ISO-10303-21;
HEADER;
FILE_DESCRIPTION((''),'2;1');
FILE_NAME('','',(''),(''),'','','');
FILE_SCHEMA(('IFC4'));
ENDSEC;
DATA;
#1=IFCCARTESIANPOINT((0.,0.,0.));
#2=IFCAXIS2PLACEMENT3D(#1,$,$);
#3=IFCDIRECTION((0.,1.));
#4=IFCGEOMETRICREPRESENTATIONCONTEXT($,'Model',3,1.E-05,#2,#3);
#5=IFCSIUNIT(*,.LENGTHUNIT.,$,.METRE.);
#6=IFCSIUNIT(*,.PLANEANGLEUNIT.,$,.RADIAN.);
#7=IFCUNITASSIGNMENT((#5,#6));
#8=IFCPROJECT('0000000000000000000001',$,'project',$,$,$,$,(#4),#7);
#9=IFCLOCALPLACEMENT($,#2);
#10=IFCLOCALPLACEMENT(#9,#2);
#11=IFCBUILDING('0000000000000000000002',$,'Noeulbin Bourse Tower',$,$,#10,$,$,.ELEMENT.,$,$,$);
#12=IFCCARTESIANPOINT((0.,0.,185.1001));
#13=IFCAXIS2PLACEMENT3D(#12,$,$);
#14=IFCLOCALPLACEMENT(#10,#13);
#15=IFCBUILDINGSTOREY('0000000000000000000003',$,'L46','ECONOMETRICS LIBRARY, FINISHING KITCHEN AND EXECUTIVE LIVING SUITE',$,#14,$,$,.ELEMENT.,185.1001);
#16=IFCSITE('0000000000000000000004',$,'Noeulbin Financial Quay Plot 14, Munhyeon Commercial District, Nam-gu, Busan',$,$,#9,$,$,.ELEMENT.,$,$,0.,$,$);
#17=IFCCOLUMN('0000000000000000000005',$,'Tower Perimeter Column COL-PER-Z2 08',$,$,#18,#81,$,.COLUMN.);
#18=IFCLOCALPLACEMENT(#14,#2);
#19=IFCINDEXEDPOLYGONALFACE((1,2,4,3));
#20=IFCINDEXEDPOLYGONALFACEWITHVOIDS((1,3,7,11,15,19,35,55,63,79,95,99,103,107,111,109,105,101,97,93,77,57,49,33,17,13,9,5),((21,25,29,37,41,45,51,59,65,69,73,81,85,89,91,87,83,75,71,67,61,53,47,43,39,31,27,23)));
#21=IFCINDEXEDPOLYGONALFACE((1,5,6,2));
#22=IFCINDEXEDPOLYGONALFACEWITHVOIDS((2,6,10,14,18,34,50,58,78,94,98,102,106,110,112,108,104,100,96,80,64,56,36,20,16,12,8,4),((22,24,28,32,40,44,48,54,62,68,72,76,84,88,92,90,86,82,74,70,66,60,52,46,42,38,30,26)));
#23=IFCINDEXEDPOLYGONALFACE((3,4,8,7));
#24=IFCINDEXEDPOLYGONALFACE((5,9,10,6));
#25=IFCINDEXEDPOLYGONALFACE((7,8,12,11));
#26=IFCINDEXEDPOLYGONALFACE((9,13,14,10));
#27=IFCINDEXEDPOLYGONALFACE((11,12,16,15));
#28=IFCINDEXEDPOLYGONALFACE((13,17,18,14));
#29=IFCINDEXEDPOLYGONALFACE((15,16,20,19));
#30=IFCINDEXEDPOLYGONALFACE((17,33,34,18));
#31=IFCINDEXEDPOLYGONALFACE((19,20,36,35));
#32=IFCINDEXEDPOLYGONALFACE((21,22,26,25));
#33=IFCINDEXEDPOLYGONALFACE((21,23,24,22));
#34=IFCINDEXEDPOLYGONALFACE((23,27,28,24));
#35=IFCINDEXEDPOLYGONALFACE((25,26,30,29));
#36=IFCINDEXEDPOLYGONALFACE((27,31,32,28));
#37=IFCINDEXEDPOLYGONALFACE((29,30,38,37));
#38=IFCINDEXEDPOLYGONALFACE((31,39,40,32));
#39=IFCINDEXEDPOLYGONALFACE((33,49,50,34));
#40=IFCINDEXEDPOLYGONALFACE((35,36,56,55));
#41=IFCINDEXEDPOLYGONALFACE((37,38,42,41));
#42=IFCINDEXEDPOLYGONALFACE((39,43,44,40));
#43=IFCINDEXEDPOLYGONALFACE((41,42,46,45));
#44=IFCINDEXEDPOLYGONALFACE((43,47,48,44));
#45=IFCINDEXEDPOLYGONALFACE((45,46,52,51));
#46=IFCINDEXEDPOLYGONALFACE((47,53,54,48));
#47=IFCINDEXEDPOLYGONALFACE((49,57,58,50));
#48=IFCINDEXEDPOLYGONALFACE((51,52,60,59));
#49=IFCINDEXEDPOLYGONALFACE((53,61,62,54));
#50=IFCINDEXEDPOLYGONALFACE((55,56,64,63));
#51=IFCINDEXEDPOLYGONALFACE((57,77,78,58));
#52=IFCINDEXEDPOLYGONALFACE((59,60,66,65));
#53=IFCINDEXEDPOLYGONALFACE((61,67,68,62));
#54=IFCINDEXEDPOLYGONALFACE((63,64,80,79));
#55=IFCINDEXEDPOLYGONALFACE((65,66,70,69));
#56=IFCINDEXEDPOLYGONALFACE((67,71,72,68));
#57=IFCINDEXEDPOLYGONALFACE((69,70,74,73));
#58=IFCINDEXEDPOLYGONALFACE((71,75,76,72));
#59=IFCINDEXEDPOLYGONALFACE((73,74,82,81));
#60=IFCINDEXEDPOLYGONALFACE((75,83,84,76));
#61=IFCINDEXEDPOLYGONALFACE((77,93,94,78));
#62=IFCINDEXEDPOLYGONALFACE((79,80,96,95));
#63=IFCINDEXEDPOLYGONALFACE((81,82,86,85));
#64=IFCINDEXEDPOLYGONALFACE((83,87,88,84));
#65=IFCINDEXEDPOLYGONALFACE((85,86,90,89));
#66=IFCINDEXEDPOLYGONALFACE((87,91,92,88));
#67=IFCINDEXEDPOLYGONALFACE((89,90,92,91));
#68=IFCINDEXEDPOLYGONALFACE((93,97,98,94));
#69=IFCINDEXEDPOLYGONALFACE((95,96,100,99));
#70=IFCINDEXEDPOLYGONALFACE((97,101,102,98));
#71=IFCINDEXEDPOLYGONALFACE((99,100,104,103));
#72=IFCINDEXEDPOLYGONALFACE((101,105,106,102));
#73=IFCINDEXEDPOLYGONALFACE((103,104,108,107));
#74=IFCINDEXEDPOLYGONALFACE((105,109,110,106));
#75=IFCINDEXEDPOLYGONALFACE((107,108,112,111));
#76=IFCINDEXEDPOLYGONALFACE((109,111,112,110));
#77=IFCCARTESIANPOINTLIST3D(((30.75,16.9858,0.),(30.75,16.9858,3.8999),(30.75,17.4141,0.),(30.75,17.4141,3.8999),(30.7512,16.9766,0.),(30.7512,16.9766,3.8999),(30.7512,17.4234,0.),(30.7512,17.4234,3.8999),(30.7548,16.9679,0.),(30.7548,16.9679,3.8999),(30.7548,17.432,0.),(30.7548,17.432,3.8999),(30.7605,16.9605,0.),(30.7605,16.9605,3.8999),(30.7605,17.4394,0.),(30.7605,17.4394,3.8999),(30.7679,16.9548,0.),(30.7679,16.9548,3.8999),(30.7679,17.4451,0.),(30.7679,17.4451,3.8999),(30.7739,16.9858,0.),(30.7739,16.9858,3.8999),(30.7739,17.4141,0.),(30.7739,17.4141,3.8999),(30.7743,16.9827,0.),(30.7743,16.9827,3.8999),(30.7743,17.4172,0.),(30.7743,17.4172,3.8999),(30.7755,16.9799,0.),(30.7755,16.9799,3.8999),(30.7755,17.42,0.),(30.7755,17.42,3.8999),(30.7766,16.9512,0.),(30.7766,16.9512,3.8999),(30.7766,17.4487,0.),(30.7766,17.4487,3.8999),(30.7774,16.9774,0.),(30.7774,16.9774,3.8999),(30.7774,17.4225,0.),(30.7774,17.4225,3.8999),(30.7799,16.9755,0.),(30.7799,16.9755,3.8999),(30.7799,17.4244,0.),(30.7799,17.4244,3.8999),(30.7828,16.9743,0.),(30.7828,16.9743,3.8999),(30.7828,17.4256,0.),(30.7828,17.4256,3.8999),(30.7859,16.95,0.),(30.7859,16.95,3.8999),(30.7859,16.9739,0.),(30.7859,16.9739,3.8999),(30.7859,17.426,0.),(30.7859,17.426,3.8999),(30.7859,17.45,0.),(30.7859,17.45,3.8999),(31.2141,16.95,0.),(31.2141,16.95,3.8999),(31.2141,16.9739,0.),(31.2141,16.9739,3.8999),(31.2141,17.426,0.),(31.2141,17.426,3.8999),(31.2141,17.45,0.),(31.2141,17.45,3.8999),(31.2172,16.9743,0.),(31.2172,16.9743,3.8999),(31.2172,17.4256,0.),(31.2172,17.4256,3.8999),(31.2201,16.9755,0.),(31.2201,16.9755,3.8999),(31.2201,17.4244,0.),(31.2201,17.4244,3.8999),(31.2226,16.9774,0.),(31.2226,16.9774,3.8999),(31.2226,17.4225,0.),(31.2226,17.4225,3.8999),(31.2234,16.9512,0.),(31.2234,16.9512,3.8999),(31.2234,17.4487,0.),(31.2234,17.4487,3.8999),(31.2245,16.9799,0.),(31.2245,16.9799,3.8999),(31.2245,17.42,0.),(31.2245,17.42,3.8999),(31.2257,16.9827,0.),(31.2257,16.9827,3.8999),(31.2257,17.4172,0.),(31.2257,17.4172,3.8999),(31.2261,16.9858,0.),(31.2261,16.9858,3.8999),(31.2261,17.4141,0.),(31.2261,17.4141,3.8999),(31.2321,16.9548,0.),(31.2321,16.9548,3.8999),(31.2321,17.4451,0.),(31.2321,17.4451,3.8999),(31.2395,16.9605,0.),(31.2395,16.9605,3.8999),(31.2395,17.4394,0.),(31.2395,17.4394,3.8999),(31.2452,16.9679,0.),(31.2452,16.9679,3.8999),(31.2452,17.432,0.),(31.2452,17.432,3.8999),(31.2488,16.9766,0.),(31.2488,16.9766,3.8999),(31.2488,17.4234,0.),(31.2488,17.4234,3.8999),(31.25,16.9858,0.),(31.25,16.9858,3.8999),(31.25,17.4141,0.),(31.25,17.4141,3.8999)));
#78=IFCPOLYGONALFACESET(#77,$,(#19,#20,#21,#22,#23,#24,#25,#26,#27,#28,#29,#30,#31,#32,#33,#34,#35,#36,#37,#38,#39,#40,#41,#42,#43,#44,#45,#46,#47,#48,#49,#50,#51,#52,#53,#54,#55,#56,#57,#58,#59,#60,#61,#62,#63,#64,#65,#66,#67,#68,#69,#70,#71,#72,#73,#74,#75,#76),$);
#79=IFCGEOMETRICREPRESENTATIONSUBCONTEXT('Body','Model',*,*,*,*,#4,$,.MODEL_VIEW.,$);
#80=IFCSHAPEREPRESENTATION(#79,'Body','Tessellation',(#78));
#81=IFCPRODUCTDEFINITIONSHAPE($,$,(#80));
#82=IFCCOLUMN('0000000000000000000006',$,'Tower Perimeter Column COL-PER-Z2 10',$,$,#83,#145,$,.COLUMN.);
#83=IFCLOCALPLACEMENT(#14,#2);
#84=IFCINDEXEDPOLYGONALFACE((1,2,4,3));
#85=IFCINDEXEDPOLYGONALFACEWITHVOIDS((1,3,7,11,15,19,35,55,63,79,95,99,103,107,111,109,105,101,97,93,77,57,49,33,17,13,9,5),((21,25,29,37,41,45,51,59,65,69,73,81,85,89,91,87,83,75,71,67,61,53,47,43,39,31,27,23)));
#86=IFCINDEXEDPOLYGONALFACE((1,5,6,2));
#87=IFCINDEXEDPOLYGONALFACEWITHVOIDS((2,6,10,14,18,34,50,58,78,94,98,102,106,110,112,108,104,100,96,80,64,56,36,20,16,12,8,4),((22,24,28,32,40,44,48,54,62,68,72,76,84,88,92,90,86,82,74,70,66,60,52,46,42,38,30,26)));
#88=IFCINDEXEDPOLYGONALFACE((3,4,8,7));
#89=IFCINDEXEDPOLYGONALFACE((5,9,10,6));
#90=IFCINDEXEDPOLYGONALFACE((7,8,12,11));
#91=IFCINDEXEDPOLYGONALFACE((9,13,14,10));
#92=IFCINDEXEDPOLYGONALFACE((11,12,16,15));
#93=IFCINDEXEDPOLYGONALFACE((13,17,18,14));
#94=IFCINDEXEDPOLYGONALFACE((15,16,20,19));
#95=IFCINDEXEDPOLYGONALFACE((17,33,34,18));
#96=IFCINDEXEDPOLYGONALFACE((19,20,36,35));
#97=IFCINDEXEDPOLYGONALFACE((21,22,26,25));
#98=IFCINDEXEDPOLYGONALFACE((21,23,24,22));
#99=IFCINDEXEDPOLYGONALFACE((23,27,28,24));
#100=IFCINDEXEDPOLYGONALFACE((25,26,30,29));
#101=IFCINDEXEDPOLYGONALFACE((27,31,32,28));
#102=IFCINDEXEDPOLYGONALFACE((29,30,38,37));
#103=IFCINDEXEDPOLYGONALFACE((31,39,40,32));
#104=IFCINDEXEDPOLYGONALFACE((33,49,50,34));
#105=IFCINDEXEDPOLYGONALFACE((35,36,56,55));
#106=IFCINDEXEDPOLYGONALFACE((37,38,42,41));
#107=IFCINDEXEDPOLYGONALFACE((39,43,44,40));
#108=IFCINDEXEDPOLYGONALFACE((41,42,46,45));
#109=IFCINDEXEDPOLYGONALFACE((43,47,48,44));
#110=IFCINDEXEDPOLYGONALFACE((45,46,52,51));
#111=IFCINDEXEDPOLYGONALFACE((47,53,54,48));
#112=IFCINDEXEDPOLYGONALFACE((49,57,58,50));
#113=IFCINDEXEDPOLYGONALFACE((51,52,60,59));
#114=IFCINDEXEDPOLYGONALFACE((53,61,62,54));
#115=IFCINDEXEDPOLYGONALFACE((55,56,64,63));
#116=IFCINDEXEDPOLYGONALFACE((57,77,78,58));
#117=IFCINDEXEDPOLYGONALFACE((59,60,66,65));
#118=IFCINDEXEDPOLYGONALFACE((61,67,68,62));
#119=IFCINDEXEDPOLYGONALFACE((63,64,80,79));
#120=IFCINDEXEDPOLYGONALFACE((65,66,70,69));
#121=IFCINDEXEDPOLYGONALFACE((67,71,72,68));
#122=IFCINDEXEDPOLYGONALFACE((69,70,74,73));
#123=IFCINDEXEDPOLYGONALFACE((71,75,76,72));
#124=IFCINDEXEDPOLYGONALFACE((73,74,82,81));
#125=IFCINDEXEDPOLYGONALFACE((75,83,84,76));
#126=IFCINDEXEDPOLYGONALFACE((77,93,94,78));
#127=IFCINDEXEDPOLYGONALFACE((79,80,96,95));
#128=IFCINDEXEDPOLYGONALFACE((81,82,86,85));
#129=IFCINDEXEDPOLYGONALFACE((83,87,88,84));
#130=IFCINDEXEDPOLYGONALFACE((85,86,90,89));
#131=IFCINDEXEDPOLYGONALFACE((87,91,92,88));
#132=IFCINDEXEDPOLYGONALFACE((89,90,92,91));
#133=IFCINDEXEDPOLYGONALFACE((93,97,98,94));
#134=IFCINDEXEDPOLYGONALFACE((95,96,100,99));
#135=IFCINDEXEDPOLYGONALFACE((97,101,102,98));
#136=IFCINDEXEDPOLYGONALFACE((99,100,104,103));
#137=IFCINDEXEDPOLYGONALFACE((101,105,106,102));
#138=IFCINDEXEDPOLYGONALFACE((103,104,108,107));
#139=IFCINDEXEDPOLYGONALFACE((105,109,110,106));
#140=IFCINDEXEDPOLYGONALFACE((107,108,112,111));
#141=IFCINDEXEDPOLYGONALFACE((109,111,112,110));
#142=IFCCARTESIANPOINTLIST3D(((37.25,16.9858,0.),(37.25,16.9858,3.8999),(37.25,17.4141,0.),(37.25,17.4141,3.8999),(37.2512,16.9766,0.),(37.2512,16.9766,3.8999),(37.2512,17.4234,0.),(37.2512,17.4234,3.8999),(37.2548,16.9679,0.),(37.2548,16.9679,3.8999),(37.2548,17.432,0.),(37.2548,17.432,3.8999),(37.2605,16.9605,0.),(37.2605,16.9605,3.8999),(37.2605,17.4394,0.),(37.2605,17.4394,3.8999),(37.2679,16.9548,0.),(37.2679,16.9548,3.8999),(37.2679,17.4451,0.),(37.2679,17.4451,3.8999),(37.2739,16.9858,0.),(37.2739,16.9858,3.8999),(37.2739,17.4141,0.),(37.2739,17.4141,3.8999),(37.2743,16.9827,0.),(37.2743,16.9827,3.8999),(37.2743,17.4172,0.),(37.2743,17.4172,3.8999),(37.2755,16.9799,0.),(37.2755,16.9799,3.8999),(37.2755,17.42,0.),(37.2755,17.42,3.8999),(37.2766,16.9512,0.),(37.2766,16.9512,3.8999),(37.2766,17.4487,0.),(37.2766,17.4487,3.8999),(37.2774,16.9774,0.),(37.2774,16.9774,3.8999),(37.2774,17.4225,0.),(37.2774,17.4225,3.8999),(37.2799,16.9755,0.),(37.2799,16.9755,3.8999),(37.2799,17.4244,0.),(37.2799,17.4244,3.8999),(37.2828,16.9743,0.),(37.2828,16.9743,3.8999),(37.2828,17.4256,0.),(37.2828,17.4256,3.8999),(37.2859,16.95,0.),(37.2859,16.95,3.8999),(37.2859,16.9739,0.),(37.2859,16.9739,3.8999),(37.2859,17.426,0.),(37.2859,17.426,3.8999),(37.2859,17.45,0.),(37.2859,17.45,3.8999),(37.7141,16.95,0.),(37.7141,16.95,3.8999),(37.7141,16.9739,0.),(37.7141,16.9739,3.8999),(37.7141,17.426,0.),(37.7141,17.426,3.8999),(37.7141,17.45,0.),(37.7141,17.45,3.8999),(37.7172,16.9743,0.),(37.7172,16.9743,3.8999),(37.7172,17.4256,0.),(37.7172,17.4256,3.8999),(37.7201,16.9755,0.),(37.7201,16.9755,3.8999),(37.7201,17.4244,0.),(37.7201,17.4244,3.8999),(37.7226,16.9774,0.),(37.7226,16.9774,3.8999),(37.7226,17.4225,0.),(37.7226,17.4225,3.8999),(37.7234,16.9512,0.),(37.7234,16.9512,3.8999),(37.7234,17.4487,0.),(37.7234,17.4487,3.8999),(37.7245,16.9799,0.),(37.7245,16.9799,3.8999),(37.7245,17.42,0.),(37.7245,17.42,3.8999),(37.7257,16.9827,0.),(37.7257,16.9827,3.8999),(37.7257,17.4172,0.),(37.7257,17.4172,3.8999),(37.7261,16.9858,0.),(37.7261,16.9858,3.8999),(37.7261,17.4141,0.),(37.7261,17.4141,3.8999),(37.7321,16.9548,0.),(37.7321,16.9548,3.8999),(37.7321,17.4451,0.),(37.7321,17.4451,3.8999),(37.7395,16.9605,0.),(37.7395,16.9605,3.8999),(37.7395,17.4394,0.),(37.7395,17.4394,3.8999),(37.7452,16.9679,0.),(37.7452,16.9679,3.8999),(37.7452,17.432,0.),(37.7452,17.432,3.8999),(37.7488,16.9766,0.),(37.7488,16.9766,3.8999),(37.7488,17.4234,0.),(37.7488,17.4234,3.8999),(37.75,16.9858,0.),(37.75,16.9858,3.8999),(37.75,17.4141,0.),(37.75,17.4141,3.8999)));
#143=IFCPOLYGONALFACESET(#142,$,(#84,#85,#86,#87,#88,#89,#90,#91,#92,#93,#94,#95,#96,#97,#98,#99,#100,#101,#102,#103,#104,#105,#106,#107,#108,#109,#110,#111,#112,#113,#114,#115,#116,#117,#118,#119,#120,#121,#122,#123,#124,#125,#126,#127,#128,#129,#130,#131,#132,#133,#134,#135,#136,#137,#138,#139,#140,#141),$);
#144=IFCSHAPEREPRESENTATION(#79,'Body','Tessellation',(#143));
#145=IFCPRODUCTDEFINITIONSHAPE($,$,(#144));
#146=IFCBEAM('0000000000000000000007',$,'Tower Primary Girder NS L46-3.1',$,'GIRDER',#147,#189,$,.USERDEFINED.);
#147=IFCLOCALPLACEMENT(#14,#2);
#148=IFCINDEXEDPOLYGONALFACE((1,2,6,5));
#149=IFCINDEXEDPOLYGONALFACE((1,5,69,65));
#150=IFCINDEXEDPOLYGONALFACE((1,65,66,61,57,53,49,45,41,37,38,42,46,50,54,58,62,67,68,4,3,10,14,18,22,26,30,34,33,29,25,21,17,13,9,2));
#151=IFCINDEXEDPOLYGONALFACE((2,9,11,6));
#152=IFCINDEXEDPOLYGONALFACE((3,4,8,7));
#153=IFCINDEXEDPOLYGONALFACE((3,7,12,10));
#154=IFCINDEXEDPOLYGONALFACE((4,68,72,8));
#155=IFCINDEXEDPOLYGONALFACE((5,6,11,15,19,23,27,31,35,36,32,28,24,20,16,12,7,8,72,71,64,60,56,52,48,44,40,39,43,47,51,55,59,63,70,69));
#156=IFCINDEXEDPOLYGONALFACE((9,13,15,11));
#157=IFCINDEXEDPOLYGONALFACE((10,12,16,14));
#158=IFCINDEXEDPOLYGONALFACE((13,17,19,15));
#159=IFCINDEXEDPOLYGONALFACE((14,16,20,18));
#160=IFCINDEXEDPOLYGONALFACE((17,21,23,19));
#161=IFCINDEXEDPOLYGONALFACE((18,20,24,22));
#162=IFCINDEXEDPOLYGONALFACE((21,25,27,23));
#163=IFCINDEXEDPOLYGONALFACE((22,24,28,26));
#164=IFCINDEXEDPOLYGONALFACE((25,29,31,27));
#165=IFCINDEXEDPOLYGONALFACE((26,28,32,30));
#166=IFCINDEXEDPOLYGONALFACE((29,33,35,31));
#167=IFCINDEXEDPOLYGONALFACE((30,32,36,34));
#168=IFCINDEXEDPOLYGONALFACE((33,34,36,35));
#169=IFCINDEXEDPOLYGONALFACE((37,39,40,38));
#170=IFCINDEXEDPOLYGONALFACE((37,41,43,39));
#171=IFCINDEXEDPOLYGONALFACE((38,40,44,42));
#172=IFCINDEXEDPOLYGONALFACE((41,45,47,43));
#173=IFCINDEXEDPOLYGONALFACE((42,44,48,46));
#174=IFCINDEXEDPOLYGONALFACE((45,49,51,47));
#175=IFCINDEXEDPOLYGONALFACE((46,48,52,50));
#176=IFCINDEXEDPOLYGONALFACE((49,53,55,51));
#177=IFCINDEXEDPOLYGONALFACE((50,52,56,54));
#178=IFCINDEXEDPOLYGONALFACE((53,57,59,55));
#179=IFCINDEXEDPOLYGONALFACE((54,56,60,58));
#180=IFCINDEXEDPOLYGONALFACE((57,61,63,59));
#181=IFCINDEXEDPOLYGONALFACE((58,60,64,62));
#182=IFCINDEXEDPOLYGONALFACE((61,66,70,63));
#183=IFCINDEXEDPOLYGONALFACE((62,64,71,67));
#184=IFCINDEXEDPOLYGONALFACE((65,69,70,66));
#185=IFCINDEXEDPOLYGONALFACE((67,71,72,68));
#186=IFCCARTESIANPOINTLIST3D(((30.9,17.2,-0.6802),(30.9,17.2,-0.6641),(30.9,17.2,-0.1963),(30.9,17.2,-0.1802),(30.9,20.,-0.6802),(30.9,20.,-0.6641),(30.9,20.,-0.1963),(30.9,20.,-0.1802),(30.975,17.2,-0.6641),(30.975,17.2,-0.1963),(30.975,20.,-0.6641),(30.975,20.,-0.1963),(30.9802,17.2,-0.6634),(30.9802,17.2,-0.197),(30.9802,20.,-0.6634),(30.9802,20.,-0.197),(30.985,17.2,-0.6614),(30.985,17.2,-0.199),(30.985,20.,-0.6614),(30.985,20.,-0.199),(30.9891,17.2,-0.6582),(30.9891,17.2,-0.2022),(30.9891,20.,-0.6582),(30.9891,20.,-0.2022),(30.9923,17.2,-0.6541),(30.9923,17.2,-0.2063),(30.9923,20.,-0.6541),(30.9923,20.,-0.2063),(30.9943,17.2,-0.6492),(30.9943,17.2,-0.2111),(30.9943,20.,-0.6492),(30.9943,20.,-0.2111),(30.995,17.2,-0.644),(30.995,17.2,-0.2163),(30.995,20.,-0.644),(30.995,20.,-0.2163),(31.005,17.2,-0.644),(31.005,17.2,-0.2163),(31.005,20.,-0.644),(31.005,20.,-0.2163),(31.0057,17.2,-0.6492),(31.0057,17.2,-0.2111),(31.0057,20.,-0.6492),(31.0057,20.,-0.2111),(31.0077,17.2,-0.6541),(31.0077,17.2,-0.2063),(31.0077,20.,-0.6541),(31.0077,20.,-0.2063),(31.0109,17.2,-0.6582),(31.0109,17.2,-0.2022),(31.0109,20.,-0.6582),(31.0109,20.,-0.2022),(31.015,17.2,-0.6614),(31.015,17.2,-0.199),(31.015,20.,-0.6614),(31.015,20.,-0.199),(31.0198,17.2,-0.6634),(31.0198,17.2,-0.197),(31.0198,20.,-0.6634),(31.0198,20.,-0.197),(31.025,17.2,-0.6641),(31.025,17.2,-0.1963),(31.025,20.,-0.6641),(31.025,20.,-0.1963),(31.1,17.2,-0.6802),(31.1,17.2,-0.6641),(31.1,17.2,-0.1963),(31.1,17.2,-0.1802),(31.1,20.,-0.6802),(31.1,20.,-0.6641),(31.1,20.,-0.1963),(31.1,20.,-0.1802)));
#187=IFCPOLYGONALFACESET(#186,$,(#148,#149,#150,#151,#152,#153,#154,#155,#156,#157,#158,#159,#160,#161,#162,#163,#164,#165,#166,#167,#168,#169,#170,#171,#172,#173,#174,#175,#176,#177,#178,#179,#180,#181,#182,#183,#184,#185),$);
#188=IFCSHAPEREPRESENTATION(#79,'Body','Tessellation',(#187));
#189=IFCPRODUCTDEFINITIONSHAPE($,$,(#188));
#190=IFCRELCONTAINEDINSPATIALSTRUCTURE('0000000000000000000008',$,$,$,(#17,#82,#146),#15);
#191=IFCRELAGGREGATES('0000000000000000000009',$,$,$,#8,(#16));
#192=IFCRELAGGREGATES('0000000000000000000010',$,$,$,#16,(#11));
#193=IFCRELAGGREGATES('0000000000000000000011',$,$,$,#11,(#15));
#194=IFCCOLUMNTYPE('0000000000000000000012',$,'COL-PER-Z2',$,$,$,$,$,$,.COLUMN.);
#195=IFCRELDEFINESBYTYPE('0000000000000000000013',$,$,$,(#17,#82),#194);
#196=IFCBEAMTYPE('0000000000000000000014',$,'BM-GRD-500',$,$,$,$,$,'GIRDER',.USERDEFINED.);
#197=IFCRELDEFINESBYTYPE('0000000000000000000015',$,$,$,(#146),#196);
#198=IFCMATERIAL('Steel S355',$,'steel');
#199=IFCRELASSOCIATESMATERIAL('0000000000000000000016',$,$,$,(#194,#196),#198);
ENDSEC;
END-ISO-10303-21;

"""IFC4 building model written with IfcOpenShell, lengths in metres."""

from ifc_helpers import new_model, si_unit, direction, frame, origin, origin_2d, place, context, subcontext, project, spatial, hollow_rectangle, i_section, extrude, material, material_profile, profile_set, type_object, element, save


model = new_model("IFC4")

# Units and contexts
model_context = context("Model", 3, precision=1e-05, world=origin(), true_north=direction((0.0, 1.0)))
body_context = subcontext(model_context, "Body", "Model", "MODEL_VIEW")
ifc_project = project(units=[si_unit("LENGTHUNIT", "METRE"), si_unit("PLANEANGLEUNIT", "RADIAN")], contexts=[model_context])

# Site, building, storey
site_placement = place(None, origin())
site = spatial("IfcSite", under=ifc_project, at=site_placement, Name="Noeulbin Financial Quay Plot 14, Munhyeon Commercial District, Nam-gu, Busan", CompositionType="ELEMENT", RefElevation=0.0)
building_placement = place(site_placement, origin())
building = spatial("IfcBuilding", under=site, at=building_placement, Name="Noeulbin Bourse Tower", CompositionType="ELEMENT")
storey_placement = place(building_placement, frame((0.0, 0.0, 185.1001)))
storey = spatial("IfcBuildingStorey", under=building, at=storey_placement, Name="L46", Description="ECONOMETRICS LIBRARY, FINISHING KITCHEN AND EXECUTIVE LIVING SUITE", CompositionType="ELEMENT", Elevation=185.1001)

# Columns
ifc_material_1 = material(Name="Steel S355", Category="steel")
ifc_material_profile_1 = material_profile(ifc_material_1, hollow_rectangle(XDim=0.5, YDim=0.5, WallThickness=0.0239, InnerFilletRadius=0.012, OuterFilletRadius=0.0359, at=origin_2d()), Name="BOX-500x500x24", Category="LoadBearing")
ifc_profile_set_1 = profile_set([ifc_material_profile_1], Name="Steel S355")
column_type = type_object("IfcColumnType", Name="COL-PER-Z2", PredefinedType="COLUMN", material=ifc_profile_set_1)
for number, where, z_axis, x_axis, name in (
    (1, (31.0, 17.2, 0.0), (0.0, 0.0, 1.0), (1.0, 0.0, 0.0), "Tower Perimeter Column COL-PER-Z2 08"),
    (2, (37.5, 17.2, 0.0), (0.0, 0.0, 1.0), (1.0, 0.0, 0.0), "Tower Perimeter Column COL-PER-Z2 10"),
):
    element("IfcColumn", number, at=place(storey_placement, frame(where, z_axis=z_axis, x_axis=x_axis)), inside=storey, type_object=column_type, Name=name, PredefinedType="COLUMN", context=body_context, shape_type="SweptSolid", body=[
        extrude(hollow_rectangle(XDim=0.5, YDim=0.5, WallThickness=0.0239, InnerFilletRadius=0.012, OuterFilletRadius=0.0359, at=origin_2d()), origin(), (0.0, 0.0, 1.0), 3.8999),
    ])

# Beam
ifc_material_profile_2 = material_profile(ifc_material_1, i_section(OverallWidth=0.2, OverallDepth=0.5, WebThickness=0.01, FlangeThickness=0.0161, FilletRadius=0.02, at=origin_2d()), Name="H-500x200x10x16", Category="LoadBearing")
ifc_profile_set_2 = profile_set([ifc_material_profile_2], Name="Steel S355")
beam_type_1 = type_object("IfcBeamType", Name="BM-GRD-500", ElementType="GIRDER", PredefinedType="USERDEFINED", material=ifc_profile_set_2)
for number, where, z_axis, x_axis, name in (
    (3, (31.0, 17.2, -0.4302), (0.0, 1.0, 0.0), (-1.0, 0.0, 0.0), "Tower Primary Girder NS L46-3.1"),
):
    element("IfcBeam", number, at=place(storey_placement, frame(where, z_axis=z_axis, x_axis=x_axis)), inside=storey, type_object=beam_type_1, Name=name, ObjectType="GIRDER", PredefinedType="USERDEFINED", context=body_context, shape_type="SweptSolid", body=[
        extrude(i_section(OverallWidth=0.2, OverallDepth=0.5, WebThickness=0.01, FlangeThickness=0.0161, FilletRadius=0.02, at=origin_2d()), origin(), (0.0, 0.0, 1.0), 2.8),
    ])

save(model, "model.ifc")
